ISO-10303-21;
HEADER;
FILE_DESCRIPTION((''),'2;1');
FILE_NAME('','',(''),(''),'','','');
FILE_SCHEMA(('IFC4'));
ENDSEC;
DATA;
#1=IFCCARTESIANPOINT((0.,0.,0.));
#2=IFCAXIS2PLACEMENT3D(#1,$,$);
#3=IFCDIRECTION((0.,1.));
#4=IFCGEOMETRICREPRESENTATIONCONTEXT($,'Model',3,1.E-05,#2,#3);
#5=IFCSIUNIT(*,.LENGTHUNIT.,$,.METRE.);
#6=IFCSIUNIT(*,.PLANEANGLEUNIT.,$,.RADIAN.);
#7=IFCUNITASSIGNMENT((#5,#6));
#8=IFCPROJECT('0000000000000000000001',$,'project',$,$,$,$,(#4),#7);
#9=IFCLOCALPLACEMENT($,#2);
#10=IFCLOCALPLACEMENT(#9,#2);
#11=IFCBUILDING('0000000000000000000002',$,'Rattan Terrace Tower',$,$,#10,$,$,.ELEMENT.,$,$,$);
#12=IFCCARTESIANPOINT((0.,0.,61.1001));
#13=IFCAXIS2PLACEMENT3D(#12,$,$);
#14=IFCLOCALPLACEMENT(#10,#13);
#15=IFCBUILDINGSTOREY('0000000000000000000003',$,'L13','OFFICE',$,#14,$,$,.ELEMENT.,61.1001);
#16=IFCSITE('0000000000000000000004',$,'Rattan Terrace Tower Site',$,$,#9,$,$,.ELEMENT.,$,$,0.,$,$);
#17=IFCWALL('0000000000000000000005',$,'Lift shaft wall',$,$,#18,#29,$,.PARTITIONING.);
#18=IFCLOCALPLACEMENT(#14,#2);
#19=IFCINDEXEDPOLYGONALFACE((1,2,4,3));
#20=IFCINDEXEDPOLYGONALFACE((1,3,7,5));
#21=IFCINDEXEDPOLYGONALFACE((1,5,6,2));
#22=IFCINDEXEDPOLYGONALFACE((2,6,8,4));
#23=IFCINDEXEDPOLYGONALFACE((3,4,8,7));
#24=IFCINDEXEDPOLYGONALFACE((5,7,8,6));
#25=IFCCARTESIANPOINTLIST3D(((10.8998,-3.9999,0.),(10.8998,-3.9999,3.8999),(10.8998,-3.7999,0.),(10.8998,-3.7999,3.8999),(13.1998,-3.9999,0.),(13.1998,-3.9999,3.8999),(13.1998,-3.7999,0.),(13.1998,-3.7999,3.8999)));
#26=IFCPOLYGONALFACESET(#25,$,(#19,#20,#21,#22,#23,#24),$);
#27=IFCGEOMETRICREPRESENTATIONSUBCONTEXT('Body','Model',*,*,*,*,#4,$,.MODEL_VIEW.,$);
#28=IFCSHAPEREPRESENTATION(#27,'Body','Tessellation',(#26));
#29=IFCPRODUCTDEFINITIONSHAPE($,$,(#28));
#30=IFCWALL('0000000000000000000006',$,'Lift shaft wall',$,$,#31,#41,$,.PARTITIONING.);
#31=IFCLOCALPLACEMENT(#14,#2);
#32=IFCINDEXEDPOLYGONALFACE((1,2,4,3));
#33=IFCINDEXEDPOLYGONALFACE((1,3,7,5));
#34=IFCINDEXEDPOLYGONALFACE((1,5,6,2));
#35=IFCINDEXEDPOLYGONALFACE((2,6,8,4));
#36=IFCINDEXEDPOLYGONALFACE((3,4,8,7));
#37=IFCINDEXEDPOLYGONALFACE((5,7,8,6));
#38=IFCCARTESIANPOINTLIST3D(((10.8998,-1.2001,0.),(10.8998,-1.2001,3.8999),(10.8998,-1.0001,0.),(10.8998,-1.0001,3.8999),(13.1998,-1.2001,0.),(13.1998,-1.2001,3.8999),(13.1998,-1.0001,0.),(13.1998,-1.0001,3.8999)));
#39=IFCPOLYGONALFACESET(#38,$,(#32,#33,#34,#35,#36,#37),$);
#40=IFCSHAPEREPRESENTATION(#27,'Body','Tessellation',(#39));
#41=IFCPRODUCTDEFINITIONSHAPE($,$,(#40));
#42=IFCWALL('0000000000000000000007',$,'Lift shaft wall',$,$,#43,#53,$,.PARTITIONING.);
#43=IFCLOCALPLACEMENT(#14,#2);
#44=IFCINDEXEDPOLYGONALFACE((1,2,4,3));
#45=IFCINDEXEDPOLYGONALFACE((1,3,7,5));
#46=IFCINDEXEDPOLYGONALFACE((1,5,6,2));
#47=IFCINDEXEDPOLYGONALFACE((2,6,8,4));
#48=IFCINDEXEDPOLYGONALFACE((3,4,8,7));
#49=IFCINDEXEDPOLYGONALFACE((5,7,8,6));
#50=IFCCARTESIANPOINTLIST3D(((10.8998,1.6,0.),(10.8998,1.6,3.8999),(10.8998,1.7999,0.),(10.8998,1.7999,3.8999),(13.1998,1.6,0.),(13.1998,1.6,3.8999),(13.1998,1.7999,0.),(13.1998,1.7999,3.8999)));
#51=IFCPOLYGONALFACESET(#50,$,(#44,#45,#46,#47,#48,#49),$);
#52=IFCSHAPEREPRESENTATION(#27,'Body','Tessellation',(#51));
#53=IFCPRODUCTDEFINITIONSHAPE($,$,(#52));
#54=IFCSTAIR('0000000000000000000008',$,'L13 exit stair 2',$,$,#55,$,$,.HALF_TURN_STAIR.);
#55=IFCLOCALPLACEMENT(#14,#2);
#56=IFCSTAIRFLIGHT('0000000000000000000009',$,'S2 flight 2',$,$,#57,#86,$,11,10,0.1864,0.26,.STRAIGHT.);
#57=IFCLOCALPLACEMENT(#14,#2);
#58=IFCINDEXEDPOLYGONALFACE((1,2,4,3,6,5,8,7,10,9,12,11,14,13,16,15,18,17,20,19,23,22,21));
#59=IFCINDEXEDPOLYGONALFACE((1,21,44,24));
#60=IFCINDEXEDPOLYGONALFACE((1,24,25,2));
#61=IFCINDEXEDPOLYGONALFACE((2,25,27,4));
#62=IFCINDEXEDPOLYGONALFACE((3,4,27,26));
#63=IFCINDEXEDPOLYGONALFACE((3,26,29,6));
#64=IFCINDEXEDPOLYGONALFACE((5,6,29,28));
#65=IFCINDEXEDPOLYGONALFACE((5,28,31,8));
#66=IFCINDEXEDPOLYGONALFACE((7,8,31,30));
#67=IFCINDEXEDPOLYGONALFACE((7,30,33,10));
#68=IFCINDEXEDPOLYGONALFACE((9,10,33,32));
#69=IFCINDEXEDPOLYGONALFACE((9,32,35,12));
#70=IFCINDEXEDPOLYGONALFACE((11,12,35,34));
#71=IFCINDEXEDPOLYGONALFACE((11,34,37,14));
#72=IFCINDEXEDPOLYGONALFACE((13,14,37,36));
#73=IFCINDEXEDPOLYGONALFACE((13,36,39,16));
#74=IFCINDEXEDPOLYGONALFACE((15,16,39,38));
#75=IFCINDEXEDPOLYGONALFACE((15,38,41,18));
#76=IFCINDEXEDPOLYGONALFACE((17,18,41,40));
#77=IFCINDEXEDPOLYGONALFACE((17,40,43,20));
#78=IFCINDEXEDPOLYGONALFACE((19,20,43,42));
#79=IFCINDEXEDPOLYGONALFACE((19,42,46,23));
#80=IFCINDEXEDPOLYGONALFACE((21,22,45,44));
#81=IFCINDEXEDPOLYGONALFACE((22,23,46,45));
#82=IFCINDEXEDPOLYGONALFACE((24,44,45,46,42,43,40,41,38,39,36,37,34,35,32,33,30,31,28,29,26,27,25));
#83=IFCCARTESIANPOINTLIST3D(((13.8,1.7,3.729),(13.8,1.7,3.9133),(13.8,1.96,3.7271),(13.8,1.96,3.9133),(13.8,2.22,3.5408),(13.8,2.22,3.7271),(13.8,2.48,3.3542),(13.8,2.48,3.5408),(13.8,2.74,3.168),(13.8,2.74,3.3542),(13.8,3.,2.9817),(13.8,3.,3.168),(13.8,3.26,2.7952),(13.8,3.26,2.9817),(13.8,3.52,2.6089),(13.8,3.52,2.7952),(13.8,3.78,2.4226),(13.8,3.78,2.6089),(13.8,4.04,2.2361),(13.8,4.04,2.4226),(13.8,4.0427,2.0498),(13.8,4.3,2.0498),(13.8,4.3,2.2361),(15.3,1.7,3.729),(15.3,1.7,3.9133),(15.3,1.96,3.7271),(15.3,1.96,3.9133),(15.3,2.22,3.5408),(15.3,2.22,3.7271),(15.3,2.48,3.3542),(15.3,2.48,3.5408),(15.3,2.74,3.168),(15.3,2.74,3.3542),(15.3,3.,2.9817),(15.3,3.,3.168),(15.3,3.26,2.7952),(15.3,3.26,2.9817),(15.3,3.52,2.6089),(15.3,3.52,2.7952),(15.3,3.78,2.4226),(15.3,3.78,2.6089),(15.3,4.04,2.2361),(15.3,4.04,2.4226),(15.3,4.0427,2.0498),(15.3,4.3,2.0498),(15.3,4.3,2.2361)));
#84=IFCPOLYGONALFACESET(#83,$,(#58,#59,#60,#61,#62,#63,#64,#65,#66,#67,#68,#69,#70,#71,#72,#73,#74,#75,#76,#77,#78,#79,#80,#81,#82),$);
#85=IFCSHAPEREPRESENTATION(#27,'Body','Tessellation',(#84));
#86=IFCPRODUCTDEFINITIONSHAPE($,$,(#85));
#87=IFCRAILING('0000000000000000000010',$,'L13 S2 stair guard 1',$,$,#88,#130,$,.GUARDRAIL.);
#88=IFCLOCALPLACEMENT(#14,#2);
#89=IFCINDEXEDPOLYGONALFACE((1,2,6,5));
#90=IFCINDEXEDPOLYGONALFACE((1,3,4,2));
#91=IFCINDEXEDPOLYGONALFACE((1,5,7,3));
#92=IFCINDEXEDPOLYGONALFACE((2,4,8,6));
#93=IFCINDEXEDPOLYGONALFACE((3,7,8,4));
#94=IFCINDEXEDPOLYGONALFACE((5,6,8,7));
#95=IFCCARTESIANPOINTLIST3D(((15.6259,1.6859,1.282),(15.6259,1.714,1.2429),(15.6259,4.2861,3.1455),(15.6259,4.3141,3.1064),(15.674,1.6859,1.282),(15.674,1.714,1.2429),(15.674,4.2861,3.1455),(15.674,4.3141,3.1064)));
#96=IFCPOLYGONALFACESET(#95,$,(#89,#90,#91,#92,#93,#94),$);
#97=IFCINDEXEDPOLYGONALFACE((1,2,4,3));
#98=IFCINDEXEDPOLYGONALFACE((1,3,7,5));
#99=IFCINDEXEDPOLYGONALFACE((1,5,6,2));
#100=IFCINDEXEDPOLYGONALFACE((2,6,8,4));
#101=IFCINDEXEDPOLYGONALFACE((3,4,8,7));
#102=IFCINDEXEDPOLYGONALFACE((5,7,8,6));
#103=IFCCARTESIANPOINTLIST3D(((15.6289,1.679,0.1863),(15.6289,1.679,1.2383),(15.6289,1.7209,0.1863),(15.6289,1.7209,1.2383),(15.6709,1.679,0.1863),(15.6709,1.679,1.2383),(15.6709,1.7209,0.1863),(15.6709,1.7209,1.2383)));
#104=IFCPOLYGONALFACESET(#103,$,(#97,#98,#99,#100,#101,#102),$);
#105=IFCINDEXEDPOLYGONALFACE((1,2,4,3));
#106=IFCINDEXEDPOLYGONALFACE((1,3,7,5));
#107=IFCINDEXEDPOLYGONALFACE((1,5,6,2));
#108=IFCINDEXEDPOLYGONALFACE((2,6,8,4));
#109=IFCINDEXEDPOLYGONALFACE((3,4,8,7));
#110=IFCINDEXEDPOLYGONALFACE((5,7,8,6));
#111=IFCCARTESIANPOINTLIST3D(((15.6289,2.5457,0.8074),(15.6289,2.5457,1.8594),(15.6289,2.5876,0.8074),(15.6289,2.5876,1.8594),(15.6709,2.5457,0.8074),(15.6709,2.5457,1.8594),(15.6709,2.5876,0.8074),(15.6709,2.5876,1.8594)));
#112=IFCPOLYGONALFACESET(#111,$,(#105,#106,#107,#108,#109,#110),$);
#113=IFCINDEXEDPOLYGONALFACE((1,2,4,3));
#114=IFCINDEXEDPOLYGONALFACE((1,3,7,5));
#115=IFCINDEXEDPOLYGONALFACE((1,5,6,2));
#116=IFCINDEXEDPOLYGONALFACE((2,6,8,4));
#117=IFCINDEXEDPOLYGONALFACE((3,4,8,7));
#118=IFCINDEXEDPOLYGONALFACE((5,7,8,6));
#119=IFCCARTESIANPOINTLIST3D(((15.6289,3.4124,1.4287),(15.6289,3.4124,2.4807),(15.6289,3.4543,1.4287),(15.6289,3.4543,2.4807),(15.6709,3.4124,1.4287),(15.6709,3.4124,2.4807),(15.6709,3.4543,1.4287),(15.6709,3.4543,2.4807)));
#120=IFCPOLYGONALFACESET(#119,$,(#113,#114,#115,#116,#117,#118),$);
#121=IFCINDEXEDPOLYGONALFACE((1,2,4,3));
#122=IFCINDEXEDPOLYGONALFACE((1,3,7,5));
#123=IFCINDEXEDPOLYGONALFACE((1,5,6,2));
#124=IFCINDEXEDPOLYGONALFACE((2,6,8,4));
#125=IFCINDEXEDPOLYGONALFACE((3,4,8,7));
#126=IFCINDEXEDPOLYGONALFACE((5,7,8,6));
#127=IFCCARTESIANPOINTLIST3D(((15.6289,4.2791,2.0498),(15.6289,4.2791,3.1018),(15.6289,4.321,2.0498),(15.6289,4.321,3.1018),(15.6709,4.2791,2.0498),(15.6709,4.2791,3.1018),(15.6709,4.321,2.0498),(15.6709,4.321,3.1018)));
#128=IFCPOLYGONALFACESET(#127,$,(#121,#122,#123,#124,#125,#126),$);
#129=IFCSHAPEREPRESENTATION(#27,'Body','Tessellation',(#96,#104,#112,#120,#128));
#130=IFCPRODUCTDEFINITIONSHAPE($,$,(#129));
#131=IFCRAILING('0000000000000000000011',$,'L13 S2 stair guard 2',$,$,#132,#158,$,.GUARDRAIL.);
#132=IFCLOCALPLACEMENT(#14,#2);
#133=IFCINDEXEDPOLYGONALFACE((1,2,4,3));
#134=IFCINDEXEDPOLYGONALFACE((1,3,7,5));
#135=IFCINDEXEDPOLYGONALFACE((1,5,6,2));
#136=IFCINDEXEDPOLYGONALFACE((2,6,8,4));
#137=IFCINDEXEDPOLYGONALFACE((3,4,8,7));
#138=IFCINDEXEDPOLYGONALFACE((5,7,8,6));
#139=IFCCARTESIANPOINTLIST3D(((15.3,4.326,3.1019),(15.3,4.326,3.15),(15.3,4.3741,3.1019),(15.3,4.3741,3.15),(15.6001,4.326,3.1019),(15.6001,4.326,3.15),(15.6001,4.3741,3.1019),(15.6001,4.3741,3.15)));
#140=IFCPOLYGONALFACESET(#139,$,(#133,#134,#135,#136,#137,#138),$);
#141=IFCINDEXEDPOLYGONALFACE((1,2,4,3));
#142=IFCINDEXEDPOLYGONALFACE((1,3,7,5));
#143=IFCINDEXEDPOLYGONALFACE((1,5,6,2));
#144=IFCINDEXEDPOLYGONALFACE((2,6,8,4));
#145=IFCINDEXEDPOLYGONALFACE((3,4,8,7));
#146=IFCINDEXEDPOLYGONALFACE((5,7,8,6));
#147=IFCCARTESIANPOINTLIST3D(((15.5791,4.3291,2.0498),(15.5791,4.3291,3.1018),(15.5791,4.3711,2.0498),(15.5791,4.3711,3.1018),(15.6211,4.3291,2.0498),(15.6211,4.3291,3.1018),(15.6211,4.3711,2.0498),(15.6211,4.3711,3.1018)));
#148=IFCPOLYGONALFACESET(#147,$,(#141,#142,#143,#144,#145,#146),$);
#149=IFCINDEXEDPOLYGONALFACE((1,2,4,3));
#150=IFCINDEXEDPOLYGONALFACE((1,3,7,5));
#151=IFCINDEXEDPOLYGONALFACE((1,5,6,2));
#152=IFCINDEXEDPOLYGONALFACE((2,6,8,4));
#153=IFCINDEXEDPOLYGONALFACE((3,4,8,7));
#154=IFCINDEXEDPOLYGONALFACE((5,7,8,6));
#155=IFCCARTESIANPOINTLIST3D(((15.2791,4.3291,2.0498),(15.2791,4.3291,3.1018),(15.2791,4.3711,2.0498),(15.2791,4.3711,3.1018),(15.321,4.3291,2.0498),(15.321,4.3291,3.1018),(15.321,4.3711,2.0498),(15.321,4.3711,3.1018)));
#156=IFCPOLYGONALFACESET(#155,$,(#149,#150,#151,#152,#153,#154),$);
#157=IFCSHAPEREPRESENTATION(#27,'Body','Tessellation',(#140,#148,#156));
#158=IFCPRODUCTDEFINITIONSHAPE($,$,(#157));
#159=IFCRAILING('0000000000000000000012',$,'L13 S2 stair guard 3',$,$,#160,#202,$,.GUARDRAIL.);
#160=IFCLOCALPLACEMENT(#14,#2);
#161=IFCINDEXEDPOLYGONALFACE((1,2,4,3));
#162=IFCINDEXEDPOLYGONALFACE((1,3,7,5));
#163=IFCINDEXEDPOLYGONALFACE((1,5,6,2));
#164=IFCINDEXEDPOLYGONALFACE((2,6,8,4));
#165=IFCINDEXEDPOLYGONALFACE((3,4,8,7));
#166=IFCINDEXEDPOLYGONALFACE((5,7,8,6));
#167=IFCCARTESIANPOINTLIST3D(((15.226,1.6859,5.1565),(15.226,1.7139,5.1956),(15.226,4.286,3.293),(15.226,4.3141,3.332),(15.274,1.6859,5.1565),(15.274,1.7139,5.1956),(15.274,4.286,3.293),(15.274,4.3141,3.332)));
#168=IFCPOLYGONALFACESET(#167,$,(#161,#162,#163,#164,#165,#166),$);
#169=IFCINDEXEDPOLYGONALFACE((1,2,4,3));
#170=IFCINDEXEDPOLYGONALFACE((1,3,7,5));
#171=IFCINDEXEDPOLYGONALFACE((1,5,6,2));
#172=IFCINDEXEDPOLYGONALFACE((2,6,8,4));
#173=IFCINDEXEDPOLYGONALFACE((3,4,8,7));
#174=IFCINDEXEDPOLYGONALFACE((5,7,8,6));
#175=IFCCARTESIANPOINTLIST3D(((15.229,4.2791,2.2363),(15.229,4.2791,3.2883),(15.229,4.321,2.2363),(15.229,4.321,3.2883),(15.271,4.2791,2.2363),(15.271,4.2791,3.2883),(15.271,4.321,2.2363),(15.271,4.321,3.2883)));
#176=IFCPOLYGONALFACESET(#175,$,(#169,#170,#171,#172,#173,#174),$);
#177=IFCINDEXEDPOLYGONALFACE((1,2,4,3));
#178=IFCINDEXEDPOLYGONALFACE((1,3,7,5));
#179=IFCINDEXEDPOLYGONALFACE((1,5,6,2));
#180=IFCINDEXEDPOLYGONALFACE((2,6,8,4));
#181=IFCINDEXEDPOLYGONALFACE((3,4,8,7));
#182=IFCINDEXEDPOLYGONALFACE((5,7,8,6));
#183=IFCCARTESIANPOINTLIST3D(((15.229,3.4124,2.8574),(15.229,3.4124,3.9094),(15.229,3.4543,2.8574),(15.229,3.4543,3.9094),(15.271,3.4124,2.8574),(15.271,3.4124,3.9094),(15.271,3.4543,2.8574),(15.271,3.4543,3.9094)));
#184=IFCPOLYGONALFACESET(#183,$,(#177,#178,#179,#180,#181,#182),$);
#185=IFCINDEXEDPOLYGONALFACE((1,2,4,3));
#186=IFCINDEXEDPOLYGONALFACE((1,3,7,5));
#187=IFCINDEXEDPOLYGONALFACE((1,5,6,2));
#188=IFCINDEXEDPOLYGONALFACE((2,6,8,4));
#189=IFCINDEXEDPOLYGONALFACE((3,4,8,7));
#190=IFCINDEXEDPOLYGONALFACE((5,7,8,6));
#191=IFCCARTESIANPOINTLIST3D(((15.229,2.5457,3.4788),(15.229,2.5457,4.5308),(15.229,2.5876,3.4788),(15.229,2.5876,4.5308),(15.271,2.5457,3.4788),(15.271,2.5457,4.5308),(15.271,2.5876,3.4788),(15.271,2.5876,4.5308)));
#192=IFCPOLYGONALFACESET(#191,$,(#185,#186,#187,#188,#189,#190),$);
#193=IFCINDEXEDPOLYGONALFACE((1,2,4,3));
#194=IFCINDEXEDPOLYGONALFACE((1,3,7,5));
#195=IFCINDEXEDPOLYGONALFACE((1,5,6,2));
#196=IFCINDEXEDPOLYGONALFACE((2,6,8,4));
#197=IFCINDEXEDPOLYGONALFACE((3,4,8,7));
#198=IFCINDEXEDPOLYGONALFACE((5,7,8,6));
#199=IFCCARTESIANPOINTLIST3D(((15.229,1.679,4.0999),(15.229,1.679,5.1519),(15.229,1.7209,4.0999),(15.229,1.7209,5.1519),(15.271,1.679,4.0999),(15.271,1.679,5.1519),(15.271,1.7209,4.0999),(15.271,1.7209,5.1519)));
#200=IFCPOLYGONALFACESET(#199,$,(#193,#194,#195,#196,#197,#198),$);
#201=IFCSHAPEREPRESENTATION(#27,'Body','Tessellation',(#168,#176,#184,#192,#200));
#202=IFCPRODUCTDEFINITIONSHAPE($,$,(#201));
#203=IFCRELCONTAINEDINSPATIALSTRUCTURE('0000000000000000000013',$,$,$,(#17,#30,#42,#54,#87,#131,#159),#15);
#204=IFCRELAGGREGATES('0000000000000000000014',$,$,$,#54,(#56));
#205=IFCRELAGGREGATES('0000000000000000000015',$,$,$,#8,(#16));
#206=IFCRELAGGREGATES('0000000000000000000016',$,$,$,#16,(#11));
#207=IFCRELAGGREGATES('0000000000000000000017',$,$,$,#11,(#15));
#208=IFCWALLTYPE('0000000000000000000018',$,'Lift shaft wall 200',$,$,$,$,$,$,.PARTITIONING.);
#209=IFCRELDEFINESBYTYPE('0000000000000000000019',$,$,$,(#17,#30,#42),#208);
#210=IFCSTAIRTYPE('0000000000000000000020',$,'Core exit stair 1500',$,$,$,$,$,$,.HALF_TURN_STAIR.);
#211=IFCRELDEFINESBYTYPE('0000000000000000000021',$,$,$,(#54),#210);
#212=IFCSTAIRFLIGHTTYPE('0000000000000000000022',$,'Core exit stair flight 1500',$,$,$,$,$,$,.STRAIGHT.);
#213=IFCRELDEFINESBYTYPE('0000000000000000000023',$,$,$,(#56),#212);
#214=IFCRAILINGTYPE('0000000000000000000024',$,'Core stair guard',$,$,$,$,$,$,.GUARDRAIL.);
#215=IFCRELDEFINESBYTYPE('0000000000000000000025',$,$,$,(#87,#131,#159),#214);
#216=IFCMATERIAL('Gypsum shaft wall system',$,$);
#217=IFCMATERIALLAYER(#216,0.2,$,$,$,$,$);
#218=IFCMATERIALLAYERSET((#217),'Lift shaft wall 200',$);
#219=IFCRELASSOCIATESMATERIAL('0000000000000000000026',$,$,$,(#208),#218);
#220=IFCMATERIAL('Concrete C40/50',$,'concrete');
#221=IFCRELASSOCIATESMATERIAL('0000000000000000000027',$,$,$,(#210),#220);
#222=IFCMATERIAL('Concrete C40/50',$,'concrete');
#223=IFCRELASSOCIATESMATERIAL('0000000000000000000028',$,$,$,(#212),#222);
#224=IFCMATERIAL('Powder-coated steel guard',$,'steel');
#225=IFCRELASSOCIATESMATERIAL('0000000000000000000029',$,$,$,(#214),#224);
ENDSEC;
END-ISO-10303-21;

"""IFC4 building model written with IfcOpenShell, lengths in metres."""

from ifc_helpers import new_model, si_unit, direction, frame, frame_2d, origin, origin_2d, place, context, subcontext, project, spatial, polyline, rectangle, outline, extrude, material, layer, layer_set, type_object, element, aggregate, save


model = new_model("IFC4")

# Units and contexts
model_context = context("Model", 3, precision=1e-05, world=origin(), true_north=direction((0.0, 1.0)))
body_context = subcontext(model_context, "Body", "Model", "MODEL_VIEW")
ifc_project = project(units=[si_unit("LENGTHUNIT", "METRE"), si_unit("PLANEANGLEUNIT", "RADIAN")], contexts=[model_context])

# Site, building, storey
site_placement = place(None, origin())
site = spatial("IfcSite", under=ifc_project, at=site_placement, Name="Rattan Terrace Tower Site", CompositionType="ELEMENT", RefElevation=0.0)
building_placement = place(site_placement, origin())
building = spatial("IfcBuilding", under=site, at=building_placement, Name="Rattan Terrace Tower", CompositionType="ELEMENT")
storey_placement = place(building_placement, frame((0.0, 0.0, 61.1001)))
storey = spatial("IfcBuildingStorey", under=building, at=storey_placement, Name="L13", Description="OFFICE", CompositionType="ELEMENT", Elevation=61.1001)

# Walls
ifc_material_1 = material(Name="Gypsum shaft wall system")
ifc_layer_1 = layer(ifc_material_1, 0.2)
ifc_layer_set_1 = layer_set([ifc_layer_1], Name="Lift shaft wall 200")
wall_type_1 = type_object("IfcWallType", Name="Lift shaft wall 200", PredefinedType="PARTITIONING", material=ifc_layer_set_1)
for number, where, z_axis, x_axis, name in (
    (1, (10.8999, -3.8999, 0.0), (0.0, 0.0, 1.0), (1.0, 0.0, 0.0), "Lift shaft wall"),
    (2, (10.8999, -1.1001, 0.0), (0.0, 0.0, 1.0), (1.0, 0.0, 0.0), "Lift shaft wall"),
    (3, (10.8999, 1.7, 0.0), (0.0, 0.0, 1.0), (1.0, 0.0, 0.0), "Lift shaft wall"),
):
    element("IfcWall", number, at=place(storey_placement, frame(where, z_axis=z_axis, x_axis=x_axis)), inside=storey, type_object=wall_type_1, Name=name, PredefinedType="PARTITIONING", context=body_context, shape_type="SweptSolid", body=[
        extrude(rectangle(XDim=2.3, YDim=0.2, at=frame_2d((1.1499, 0.0))), origin(), (0.0, 0.0, 1.0), 3.8999),
    ])

# Stair, stair flight
ifc_material_2 = material(Name="Concrete C40/50", Category="concrete")
stair_type = type_object("IfcStairType", Name="Core exit stair 1500", PredefinedType="HALF_TURN_STAIR", material=ifc_material_2)
stair_placement = place(storey_placement, origin())
stair = element("IfcStair", 4, at=stair_placement, inside=storey, type_object=stair_type, Name="L13 exit stair 2", PredefinedType="HALF_TURN_STAIR")
ifc_material_3 = material(Name="Concrete C40/50", Category="concrete")
stair_flight_type = type_object("IfcStairFlightType", Name="Core exit stair flight 1500", PredefinedType="STRAIGHT", material=ifc_material_3)
stair_flight_placement = place(storey_placement, frame((14.55, 4.3, 2.0498), z_axis=(0.0, 0.0, 1.0), x_axis=(0.0, -1.0, 0.0)))
stair_flight = element("IfcStairFlight", 5, at=stair_flight_placement, type_object=stair_flight_type, Name="S2 flight 2", NumberOfRisers=11, NumberOfTreads=10, PredefinedType="STRAIGHT", RiserHeight=0.1864, TreadLength=0.26, context=body_context, shape_type="SweptSolid", body=[
    extrude(outline(polyline([(0.0, 0.0), (0.0, 0.1863), (0.26, 0.1863), (0.26, 0.3728), (0.52, 0.3728), (0.52, 0.5591), (0.78, 0.5591), (0.78, 0.7454), (1.04, 0.7454), (1.04, 0.9319), (1.3, 0.9319), (1.3, 1.1182), (1.5601, 1.1182), (1.5601, 1.3044), (1.8201, 1.3044), (1.8201, 1.491), (2.0801, 1.491), (2.0801, 1.6772), (2.3401, 1.6772), (2.3401, 1.8635), (2.6001, 1.8635), (2.6001, 2.05), (2.6001, 1.6792), (0.2573, 0.0), (0.0, 0.0)])), frame((0.0, 0.75, 0.0), z_axis=(0.0, -1.0, 0.0), x_axis=(1.0, 0.0, 0.0)), (0.0, 0.0, 1.0), 1.5),
])
aggregate(stair, [stair_flight])

# Railings
ifc_material_4 = material(Name="Powder-coated steel guard", Category="steel")
railing_type_1 = type_object("IfcRailingType", Name="Core stair guard", PredefinedType="GUARDRAIL", material=ifc_material_4)
railing_1_placement = place(storey_placement, frame((15.6499, 1.7, 0.1863)))
element("IfcRailing", 6, at=railing_1_placement, inside=storey, type_object=railing_type_1, Name="L13 S2 stair guard 1", PredefinedType="GUARDRAIL", context=body_context, shape_type="SweptSolid", body=[
    extrude(rectangle(XDim=0.0481, YDim=0.0481, at=origin_2d()), frame((0.0, 0.0, 1.0762), z_axis=(0.0, 0.812799, 0.582544), x_axis=(-1.0, 0.0, 0.0)), (0.0, 0.0, 1.0), 3.199),
    extrude(rectangle(XDim=0.042, YDim=0.042, at=origin_2d()), origin(), (0.0, 0.0, 1.0), 1.052),
    extrude(rectangle(XDim=0.042, YDim=0.042, at=origin_2d()), frame((0.0, 0.8667, 0.6211)), (0.0, 0.0, 1.0), 1.052),
    extrude(rectangle(XDim=0.042, YDim=0.042, at=origin_2d()), frame((0.0, 1.7334, 1.2424)), (0.0, 0.0, 1.0), 1.052),
    extrude(rectangle(XDim=0.042, YDim=0.042, at=origin_2d()), frame((0.0, 2.6001, 1.8635)), (0.0, 0.0, 1.0), 1.052),
])
railing_2_placement = place(storey_placement, frame((15.6001, 4.3501, 2.0498)))
element("IfcRailing", 7, at=railing_2_placement, inside=storey, type_object=railing_type_1, Name="L13 S2 stair guard 2", PredefinedType="GUARDRAIL", context=body_context, shape_type="SweptSolid", body=[
    extrude(rectangle(XDim=0.0481, YDim=0.0481, at=origin_2d()), frame((0.0, 0.0, 1.0762), z_axis=(-1.0, 0.0, 0.0), x_axis=(0.0, -1.0, 0.0)), (0.0, 0.0, 1.0), 0.3),
    extrude(rectangle(XDim=0.042, YDim=0.042, at=origin_2d()), origin(), (0.0, 0.0, 1.0), 1.052),
    extrude(rectangle(XDim=0.042, YDim=0.042, at=origin_2d()), frame((-0.3, 0.0, 0.0)), (0.0, 0.0, 1.0), 1.052),
])
railing_3_placement = place(storey_placement, frame((15.25, 4.3, 2.2363)))
element("IfcRailing", 8, at=railing_3_placement, inside=storey, type_object=railing_type_1, Name="L13 S2 stair guard 3", PredefinedType="GUARDRAIL", context=body_context, shape_type="SweptSolid", body=[
    extrude(rectangle(XDim=0.0481, YDim=0.0481, at=origin_2d()), frame((0.0, 0.0, 1.0762), z_axis=(0.0, -0.812799, 0.582544), x_axis=(1.0, 0.0, 0.0)), (0.0, 0.0, 1.0), 3.199),
    extrude(rectangle(XDim=0.042, YDim=0.042, at=origin_2d()), origin(), (0.0, 0.0, 1.0), 1.052),
    extrude(rectangle(XDim=0.042, YDim=0.042, at=origin_2d()), frame((0.0, -0.8667, 0.6211)), (0.0, 0.0, 1.0), 1.052),
    extrude(rectangle(XDim=0.042, YDim=0.042, at=origin_2d()), frame((0.0, -1.7334, 1.2424)), (0.0, 0.0, 1.0), 1.052),
    extrude(rectangle(XDim=0.042, YDim=0.042, at=origin_2d()), frame((0.0, -2.6001, 1.8635)), (0.0, 0.0, 1.0), 1.052),
])

save(model, "model.ifc")
